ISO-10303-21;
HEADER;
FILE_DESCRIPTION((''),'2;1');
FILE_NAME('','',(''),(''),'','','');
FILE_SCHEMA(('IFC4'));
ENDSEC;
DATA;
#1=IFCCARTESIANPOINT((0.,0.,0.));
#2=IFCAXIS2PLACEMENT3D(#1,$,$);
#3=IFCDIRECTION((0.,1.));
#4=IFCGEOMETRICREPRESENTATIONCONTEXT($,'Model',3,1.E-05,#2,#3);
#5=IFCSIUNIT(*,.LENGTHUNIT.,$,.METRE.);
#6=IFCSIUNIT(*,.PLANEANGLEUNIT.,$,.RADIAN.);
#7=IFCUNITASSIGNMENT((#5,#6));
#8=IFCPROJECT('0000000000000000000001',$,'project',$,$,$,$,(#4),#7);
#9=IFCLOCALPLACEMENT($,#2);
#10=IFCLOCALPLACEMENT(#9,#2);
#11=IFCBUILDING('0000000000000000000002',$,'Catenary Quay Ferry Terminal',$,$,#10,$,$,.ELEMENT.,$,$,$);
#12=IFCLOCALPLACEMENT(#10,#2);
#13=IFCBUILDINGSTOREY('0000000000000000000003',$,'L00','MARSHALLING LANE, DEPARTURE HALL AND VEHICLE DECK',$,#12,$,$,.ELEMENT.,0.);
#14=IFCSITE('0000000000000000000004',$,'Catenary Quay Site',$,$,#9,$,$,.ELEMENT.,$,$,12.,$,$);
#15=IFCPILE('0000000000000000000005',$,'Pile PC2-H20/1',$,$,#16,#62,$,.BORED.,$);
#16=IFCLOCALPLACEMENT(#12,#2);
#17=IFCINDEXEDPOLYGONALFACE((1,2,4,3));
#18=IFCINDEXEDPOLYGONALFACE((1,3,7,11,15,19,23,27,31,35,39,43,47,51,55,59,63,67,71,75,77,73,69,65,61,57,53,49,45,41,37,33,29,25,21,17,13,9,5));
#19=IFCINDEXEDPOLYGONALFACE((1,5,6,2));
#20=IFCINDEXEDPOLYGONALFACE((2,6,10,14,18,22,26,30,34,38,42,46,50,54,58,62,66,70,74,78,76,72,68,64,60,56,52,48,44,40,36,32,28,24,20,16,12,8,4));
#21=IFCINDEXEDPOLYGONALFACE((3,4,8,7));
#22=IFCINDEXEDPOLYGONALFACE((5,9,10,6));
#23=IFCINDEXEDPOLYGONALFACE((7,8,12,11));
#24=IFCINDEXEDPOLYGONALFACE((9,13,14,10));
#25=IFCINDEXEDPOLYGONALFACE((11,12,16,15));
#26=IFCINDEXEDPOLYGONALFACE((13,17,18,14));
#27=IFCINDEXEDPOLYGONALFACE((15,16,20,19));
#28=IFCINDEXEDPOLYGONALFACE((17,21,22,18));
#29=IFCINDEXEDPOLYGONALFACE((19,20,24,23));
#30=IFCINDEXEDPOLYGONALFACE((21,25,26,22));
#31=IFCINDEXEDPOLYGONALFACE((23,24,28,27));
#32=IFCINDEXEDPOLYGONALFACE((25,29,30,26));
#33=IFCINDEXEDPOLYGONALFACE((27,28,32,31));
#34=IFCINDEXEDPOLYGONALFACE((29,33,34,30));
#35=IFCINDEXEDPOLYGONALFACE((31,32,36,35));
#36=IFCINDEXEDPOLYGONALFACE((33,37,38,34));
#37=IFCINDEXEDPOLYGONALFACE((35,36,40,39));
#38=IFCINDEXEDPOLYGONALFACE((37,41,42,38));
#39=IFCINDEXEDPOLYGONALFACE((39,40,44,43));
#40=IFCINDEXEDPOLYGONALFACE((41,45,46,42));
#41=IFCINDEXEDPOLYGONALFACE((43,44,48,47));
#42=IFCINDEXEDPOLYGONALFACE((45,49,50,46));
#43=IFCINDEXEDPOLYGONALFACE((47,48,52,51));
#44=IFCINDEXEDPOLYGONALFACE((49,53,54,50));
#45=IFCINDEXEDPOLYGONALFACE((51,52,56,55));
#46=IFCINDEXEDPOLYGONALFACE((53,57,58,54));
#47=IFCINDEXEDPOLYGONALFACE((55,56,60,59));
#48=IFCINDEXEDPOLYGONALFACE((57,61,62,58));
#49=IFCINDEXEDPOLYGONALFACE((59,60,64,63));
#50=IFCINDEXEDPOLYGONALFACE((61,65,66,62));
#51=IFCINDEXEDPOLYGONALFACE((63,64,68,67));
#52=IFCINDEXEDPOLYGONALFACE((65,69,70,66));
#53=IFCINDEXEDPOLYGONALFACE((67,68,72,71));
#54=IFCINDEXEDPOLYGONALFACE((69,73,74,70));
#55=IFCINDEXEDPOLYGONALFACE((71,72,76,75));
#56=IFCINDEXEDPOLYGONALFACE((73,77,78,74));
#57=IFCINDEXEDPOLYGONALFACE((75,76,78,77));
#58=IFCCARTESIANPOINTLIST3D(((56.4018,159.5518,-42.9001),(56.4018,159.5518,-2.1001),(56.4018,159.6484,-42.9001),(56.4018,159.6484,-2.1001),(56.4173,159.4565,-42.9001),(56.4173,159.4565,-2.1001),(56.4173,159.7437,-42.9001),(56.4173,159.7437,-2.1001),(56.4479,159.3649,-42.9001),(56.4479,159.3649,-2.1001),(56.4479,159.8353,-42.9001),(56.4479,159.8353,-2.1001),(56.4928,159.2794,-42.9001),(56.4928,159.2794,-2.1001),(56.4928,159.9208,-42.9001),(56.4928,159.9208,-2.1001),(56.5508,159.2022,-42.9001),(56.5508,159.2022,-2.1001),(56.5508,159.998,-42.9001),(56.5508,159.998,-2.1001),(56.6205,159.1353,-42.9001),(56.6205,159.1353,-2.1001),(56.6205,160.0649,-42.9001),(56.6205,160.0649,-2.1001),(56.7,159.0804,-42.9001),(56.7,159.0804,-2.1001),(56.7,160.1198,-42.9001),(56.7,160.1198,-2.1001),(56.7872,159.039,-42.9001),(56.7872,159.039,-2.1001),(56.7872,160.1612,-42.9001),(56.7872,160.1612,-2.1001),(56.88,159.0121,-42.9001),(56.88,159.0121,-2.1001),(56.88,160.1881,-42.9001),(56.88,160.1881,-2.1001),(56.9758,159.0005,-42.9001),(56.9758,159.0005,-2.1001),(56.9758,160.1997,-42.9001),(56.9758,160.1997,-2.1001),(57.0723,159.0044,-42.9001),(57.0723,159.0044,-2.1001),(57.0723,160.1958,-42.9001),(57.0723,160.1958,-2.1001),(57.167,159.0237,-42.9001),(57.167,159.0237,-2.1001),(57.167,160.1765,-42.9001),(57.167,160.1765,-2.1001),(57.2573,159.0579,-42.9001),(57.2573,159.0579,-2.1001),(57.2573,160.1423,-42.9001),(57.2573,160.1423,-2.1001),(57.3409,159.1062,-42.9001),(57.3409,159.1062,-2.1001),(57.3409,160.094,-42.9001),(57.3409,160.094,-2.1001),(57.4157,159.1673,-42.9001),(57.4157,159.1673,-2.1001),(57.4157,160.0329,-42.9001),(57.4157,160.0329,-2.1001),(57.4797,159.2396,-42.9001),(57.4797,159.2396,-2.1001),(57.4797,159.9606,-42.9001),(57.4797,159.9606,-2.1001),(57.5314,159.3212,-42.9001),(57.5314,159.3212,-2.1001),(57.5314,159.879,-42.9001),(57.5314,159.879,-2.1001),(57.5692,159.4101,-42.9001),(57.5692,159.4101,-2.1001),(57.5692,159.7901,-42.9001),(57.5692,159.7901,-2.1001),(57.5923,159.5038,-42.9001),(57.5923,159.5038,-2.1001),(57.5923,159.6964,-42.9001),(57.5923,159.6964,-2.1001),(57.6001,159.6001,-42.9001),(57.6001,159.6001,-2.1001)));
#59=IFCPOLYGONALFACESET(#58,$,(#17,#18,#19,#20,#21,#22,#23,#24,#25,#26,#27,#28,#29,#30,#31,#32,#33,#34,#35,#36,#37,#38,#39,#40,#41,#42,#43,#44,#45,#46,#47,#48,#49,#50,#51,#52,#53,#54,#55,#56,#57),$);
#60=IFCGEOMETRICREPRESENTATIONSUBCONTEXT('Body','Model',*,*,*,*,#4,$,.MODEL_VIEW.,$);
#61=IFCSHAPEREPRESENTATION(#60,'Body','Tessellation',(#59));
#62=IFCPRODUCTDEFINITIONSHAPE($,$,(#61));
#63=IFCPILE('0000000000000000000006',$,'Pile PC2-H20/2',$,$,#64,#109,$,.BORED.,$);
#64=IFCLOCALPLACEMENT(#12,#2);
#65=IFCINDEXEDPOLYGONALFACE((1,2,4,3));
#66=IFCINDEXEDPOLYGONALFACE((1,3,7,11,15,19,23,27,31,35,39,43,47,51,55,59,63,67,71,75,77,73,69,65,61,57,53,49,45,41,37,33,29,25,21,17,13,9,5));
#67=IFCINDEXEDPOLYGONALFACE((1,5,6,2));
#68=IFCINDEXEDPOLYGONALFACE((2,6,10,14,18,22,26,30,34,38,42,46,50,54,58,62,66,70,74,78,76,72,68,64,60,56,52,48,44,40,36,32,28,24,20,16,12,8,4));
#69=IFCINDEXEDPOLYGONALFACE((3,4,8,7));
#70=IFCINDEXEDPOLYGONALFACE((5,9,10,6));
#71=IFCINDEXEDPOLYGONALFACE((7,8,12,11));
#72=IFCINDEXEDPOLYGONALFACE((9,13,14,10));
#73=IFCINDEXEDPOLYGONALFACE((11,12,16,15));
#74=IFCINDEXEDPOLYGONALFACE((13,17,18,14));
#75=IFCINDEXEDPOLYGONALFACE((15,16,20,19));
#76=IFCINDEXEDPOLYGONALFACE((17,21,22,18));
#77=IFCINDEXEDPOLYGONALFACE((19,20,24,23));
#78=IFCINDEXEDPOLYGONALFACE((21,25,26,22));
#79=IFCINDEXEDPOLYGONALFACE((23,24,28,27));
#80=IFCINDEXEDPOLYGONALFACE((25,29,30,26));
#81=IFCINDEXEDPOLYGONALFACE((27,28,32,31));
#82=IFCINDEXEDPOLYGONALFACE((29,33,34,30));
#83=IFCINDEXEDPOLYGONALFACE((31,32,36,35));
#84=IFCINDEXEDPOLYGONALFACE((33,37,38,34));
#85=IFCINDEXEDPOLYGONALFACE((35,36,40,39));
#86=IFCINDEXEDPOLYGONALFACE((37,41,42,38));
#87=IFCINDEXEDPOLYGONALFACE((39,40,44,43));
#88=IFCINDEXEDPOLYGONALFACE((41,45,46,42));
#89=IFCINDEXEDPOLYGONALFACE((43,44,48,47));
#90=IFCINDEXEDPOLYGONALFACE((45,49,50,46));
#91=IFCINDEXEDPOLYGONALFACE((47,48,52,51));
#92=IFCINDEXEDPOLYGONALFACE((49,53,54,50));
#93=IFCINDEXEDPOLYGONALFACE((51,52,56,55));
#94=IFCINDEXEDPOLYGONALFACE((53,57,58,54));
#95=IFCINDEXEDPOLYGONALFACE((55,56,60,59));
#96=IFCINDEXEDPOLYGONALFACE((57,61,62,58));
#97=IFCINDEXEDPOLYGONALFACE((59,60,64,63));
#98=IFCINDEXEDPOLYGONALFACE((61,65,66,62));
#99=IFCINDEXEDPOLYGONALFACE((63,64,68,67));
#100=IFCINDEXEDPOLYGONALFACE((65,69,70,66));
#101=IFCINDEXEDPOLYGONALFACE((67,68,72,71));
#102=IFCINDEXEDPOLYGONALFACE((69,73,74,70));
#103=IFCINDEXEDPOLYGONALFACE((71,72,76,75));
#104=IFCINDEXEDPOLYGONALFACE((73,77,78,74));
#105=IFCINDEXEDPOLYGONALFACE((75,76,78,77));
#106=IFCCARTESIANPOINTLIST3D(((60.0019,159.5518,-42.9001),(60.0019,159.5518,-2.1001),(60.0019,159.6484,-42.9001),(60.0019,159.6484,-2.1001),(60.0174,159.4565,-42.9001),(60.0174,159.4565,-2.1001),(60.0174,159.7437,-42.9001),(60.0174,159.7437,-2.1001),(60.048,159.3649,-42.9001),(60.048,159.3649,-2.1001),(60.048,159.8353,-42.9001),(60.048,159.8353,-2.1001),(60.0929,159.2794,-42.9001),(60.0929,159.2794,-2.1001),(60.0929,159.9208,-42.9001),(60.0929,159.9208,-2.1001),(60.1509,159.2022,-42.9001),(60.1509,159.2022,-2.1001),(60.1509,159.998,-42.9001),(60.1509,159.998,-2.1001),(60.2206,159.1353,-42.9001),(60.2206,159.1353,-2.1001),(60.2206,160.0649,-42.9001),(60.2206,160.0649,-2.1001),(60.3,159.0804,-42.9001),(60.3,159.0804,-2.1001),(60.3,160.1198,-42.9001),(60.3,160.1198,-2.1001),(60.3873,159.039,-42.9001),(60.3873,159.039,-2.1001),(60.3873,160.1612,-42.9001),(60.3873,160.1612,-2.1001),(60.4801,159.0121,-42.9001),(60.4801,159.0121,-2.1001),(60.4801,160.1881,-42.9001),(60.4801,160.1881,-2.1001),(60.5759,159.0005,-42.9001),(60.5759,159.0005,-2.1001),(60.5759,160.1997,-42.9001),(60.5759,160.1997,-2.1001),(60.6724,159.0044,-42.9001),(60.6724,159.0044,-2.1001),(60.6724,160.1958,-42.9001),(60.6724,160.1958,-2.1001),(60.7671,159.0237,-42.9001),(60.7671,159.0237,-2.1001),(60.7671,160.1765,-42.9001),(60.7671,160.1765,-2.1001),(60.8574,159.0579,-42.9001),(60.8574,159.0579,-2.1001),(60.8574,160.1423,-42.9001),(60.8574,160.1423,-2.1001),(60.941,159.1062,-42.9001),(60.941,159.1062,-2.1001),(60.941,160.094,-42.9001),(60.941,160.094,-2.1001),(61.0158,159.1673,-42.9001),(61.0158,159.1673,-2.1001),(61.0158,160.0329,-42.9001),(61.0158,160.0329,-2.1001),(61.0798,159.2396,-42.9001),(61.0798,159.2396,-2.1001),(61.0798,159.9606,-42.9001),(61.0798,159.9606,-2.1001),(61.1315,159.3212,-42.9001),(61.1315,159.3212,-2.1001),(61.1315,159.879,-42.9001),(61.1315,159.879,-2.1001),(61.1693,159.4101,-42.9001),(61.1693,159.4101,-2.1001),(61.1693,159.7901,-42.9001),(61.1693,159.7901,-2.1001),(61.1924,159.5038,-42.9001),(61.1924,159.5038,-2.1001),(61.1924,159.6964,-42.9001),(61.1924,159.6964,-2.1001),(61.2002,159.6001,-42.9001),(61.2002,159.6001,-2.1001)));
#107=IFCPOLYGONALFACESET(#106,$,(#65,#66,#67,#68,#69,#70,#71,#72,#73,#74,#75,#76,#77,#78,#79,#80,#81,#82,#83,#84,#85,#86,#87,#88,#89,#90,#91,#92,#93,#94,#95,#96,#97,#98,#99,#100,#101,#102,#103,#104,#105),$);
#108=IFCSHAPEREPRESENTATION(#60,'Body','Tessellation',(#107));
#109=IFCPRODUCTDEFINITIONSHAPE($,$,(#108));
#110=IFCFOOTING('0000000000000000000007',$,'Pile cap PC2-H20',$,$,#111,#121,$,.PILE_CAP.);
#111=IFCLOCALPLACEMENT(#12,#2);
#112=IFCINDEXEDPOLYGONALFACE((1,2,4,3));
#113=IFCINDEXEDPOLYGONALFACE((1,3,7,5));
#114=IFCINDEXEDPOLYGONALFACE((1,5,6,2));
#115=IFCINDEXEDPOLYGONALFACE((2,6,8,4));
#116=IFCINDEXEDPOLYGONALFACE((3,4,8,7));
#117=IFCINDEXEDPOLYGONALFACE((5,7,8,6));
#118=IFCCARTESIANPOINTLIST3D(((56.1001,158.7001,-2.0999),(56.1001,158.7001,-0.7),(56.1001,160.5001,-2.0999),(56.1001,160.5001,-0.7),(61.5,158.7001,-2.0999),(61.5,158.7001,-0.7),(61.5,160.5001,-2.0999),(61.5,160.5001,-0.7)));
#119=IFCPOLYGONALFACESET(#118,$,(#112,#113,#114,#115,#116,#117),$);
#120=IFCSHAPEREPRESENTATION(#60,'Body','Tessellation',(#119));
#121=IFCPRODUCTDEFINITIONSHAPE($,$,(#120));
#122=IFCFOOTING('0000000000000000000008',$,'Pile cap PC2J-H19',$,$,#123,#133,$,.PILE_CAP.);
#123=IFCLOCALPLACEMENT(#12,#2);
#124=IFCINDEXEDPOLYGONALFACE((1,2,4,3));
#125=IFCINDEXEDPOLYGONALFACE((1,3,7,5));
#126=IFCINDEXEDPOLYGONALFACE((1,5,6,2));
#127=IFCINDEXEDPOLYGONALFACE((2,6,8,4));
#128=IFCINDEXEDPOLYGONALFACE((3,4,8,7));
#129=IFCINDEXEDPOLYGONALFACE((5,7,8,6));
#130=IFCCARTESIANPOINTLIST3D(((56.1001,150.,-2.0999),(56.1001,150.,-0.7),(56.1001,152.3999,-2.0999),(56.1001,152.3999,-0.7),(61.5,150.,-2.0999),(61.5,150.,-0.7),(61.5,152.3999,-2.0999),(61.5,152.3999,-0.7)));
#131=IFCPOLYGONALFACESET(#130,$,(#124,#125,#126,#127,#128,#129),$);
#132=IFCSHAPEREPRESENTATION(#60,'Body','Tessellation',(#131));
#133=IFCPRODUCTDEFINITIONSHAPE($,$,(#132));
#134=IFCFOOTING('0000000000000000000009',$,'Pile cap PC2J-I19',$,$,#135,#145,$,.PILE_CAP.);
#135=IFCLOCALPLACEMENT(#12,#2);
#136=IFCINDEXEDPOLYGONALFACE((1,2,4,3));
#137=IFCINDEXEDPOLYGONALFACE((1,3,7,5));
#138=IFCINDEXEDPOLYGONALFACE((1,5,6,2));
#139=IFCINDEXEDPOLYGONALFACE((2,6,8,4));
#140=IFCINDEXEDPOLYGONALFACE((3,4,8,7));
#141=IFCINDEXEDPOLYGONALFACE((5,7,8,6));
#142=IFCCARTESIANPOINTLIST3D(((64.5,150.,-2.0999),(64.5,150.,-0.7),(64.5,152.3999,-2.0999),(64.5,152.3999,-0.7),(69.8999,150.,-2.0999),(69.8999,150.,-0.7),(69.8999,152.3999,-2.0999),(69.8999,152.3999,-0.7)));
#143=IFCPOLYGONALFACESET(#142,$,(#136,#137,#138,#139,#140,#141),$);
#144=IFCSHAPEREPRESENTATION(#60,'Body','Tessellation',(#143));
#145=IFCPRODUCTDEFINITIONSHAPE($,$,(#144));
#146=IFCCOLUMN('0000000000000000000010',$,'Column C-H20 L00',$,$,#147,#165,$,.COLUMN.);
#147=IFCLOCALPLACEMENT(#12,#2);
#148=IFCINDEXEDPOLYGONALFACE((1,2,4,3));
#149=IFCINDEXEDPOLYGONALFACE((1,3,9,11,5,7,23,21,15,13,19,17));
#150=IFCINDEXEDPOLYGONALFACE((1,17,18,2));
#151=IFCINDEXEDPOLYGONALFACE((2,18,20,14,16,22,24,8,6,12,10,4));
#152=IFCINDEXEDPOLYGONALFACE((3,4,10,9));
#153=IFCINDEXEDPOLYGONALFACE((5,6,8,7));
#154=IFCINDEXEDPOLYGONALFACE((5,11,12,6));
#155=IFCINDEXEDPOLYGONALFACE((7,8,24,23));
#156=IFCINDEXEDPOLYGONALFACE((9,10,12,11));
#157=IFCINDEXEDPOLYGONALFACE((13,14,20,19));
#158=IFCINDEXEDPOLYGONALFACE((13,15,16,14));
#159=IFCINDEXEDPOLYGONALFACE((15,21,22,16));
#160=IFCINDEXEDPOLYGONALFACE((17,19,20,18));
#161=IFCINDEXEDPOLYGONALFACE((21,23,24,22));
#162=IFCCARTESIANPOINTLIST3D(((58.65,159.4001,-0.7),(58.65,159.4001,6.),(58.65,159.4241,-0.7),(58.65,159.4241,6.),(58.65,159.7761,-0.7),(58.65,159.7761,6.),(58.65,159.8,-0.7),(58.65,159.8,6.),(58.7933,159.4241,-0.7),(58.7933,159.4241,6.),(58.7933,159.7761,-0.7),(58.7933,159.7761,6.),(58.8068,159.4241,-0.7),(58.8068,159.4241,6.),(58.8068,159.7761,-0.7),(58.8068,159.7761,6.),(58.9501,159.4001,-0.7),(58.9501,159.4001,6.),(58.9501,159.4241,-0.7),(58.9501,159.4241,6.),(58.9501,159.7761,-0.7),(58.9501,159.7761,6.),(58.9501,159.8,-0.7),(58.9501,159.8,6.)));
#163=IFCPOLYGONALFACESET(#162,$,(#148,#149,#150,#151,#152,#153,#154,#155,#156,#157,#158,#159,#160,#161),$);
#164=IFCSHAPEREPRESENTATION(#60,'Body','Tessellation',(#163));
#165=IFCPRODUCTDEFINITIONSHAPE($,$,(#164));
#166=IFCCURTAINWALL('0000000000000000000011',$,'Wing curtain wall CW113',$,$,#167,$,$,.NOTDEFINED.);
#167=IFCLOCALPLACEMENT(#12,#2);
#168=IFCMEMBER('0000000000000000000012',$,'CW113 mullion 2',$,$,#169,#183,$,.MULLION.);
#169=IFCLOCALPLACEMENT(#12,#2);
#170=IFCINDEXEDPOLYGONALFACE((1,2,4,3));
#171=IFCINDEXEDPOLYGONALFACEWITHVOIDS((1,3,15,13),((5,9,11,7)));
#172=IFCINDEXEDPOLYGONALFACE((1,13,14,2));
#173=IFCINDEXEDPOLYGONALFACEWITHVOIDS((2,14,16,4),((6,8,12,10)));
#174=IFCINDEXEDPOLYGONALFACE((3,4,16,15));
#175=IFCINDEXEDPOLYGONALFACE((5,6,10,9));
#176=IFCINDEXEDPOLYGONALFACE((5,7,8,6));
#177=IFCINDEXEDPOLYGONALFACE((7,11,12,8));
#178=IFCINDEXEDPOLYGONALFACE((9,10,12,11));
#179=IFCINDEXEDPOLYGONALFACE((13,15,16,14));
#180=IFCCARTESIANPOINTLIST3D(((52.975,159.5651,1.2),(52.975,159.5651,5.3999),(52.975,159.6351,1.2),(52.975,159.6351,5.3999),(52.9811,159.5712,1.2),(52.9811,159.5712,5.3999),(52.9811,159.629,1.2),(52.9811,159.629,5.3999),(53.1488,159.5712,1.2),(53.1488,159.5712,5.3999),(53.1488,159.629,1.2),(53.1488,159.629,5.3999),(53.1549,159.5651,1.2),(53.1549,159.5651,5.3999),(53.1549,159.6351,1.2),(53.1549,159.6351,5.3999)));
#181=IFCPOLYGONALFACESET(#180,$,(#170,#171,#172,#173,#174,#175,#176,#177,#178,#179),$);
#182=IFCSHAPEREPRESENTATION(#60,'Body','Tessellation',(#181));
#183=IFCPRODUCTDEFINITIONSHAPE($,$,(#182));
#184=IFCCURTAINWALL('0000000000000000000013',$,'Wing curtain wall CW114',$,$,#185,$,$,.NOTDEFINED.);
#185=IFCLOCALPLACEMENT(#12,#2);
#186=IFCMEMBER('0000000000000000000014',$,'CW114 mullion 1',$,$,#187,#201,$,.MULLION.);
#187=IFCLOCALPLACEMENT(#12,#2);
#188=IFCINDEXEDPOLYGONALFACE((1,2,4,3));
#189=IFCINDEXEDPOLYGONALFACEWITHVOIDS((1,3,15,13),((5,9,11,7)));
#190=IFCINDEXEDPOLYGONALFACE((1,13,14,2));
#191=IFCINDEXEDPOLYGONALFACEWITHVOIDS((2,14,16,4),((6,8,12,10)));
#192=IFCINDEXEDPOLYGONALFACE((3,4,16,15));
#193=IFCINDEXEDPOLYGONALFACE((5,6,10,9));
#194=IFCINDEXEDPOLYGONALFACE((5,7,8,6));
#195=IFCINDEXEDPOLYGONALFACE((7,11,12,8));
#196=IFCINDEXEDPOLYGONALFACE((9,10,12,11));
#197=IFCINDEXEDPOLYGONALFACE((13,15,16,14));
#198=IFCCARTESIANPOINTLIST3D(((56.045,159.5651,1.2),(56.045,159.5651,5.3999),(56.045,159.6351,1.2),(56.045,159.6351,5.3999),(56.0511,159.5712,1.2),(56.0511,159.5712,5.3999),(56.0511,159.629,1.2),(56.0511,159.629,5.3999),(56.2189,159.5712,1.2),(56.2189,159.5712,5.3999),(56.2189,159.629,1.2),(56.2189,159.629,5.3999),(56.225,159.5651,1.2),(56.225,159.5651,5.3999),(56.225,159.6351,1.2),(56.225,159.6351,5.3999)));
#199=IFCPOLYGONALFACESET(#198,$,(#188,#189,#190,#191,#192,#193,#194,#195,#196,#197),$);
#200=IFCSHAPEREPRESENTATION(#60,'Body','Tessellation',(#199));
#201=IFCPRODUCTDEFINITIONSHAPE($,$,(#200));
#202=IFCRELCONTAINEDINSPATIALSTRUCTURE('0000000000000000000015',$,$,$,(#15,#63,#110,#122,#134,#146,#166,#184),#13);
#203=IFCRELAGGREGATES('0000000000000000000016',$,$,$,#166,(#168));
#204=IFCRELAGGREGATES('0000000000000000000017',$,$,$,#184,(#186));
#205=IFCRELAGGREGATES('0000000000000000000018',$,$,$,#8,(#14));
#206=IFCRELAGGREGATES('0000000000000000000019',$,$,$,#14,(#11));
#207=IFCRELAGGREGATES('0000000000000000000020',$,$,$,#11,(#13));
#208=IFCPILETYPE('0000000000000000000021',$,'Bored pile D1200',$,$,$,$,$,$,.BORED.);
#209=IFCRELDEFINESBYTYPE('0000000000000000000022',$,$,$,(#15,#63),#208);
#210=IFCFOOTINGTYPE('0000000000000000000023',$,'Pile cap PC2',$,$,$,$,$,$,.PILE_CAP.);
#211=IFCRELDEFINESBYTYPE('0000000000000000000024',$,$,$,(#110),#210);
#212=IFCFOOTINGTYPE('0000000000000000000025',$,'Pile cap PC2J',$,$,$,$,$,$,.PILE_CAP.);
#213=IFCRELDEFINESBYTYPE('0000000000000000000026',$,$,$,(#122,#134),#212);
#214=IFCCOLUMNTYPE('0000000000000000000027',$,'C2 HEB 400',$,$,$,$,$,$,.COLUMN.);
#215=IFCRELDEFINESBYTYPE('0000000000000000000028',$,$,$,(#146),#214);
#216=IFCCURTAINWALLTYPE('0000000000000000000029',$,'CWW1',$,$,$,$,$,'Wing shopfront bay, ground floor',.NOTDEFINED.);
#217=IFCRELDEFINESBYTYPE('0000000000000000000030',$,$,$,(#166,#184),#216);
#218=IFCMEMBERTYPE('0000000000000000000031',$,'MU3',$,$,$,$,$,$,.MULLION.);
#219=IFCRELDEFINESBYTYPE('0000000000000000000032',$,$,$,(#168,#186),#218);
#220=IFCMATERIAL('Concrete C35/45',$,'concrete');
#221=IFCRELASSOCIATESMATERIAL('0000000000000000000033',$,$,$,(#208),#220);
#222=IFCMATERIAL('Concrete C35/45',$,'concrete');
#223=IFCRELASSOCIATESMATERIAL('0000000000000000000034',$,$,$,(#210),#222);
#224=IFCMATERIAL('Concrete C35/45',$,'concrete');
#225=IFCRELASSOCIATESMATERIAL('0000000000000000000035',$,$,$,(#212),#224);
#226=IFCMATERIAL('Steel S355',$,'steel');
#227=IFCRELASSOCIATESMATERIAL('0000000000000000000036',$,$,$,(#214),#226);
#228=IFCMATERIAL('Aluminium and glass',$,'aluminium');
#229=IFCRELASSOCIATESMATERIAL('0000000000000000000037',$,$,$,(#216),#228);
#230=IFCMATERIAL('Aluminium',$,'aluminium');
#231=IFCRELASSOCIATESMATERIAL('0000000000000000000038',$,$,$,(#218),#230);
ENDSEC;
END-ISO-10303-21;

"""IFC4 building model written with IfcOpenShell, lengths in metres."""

from ifc_helpers import new_model, si_unit, direction, frame, origin, origin_2d, place, context, subcontext, project, spatial, rectangle, hollow_rectangle, circle, i_section, extrude, material, material_profile, profile_set, type_object, element, aggregate, save


model = new_model("IFC4")

# Units and contexts
model_context = context("Model", 3, precision=1e-05, world=origin(), true_north=direction((0.0, 1.0)))
body_context = subcontext(model_context, "Body", "Model", "MODEL_VIEW")
ifc_project = project(units=[si_unit("LENGTHUNIT", "METRE"), si_unit("PLANEANGLEUNIT", "RADIAN")], contexts=[model_context])

# Site, building, storey
site_placement = place(None, origin())
site = spatial("IfcSite", under=ifc_project, at=site_placement, Name="Catenary Quay Site", CompositionType="ELEMENT", RefElevation=12.0)
building_placement = place(site_placement, origin())
building = spatial("IfcBuilding", under=site, at=building_placement, Name="Catenary Quay Ferry Terminal", CompositionType="ELEMENT")
storey_placement = place(building_placement, origin())
storey = spatial("IfcBuildingStorey", under=building, at=storey_placement, Name="L00", Description="MARSHALLING LANE, DEPARTURE HALL AND VEHICLE DECK", CompositionType="ELEMENT", Elevation=0.0)

# Piles
ifc_material_1 = material(Name="Concrete C35/45", Category="concrete")
ifc_material_profile_1 = material_profile(ifc_material_1, circle(Radius=0.6001, at=origin_2d()), Name="D1200")
ifc_profile_set_1 = profile_set([ifc_material_profile_1], Name="Concrete C35/45")
pile_type = type_object("IfcPileType", Name="Bored pile D1200", PredefinedType="BORED", material=ifc_profile_set_1)
for number, where, z_axis, x_axis, name in (
    (1, (57.0, 159.6001, -2.1001), (0.0, 0.0, -1.0), (1.0, 0.0, 0.0), "Pile PC2-H20/1"),
    (2, (60.6001, 159.6001, -2.1001), (0.0, 0.0, -1.0), (1.0, 0.0, 0.0), "Pile PC2-H20/2"),
):
    element("IfcPile", number, at=place(storey_placement, frame(where, z_axis=z_axis, x_axis=x_axis)), inside=storey, type_object=pile_type, Name=name, PredefinedType="BORED", context=body_context, shape_type="SweptSolid", body=[
        extrude(circle(Radius=0.6001, at=origin_2d()), origin(), (0.0, 0.0, 1.0), 40.8),
    ])

# Footings
ifc_material_2 = material(Name="Concrete C35/45", Category="concrete")
footing_type_1 = type_object("IfcFootingType", Name="Pile cap PC2", PredefinedType="PILE_CAP", material=ifc_material_2)
footing_placement = place(storey_placement, frame((58.8, 159.6001, -2.0999), z_axis=(0.0, 0.0, 1.0), x_axis=(1.0, 0.0, 0.0)))
element("IfcFooting", 3, at=footing_placement, inside=storey, type_object=footing_type_1, Name="Pile cap PC2-H20", PredefinedType="PILE_CAP", context=body_context, shape_type="SweptSolid", body=[
    extrude(rectangle(XDim=5.3999, YDim=1.8, at=origin_2d()), origin(), (0.0, 0.0, 1.0), 1.3999),
])
ifc_material_3 = material(Name="Concrete C35/45", Category="concrete")
footing_type_2 = type_object("IfcFootingType", Name="Pile cap PC2J", PredefinedType="PILE_CAP", material=ifc_material_3)
for number, where, z_axis, x_axis, name in (
    (4, (58.8, 151.2, -2.0999), (0.0, 0.0, 1.0), (1.0, 0.0, 0.0), "Pile cap PC2J-H19"),
    (5, (67.2, 151.2, -2.0999), (0.0, 0.0, 1.0), (1.0, 0.0, 0.0), "Pile cap PC2J-I19"),
):
    element("IfcFooting", number, at=place(storey_placement, frame(where, z_axis=z_axis, x_axis=x_axis)), inside=storey, type_object=footing_type_2, Name=name, PredefinedType="PILE_CAP", context=body_context, shape_type="SweptSolid", body=[
        extrude(rectangle(XDim=5.3999, YDim=2.3999, at=origin_2d()), origin(), (0.0, 0.0, 1.0), 1.3999),
    ])

# Column
ifc_material_4 = material(Name="Steel S355", Category="steel")
ifc_material_profile_2 = material_profile(ifc_material_4, i_section(OverallWidth=0.3, OverallDepth=0.3999, WebThickness=0.0134, FlangeThickness=0.0239, at=origin_2d()), Name="HEB 400")
ifc_profile_set_2 = profile_set([ifc_material_profile_2], Name="Steel S355")
column_type = type_object("IfcColumnType", Name="C2 HEB 400", PredefinedType="COLUMN", material=ifc_profile_set_2)
column_placement = place(storey_placement, frame((58.8, 159.6001, -0.7), z_axis=(0.0, 0.0, 1.0), x_axis=(1.0, 0.0, 0.0)))
element("IfcColumn", 6, at=column_placement, inside=storey, type_object=column_type, Name="Column C-H20 L00", PredefinedType="COLUMN", context=body_context, shape_type="SweptSolid", body=[
    extrude(i_section(OverallWidth=0.3, OverallDepth=0.3999, WebThickness=0.0134, FlangeThickness=0.0239, at=origin_2d()), origin(), (0.0, 0.0, 1.0), 6.7),
])

# Curtain wall, member
ifc_material_5 = material(Name="Aluminium and glass", Category="aluminium")
curtain_wall_type = type_object("IfcCurtainWallType", Name="CWW1", ElementType="Wing shopfront bay, ground floor", PredefinedType="NOTDEFINED", material=ifc_material_5)
curtain_wall_1_placement = place(storey_placement, origin())
curtain_wall_1 = element("IfcCurtainWall", 7, at=curtain_wall_1_placement, inside=storey, type_object=curtain_wall_type, Name="Wing curtain wall CW113", PredefinedType="NOTDEFINED")
ifc_material_6 = material(Name="Aluminium", Category="aluminium")
ifc_material_profile_3 = material_profile(ifc_material_6, hollow_rectangle(XDim=0.0701, YDim=0.1799, WallThickness=0.0061, at=origin_2d()), Name="MU3")
ifc_profile_set_3 = profile_set([ifc_material_profile_3], Name="Aluminium")
member_type_1 = type_object("IfcMemberType", Name="MU3", PredefinedType="MULLION", material=ifc_profile_set_3)
member_1_placement = place(storey_placement, frame((53.0649, 159.6001, 1.2), z_axis=(0.0, 0.0, 1.0), x_axis=(0.0, 1.0, 0.0)))
member_1 = element("IfcMember", 8, at=member_1_placement, type_object=member_type_1, Name="CW113 mullion 2", PredefinedType="MULLION", context=body_context, shape_type="SweptSolid", body=[
    extrude(hollow_rectangle(XDim=0.0701, YDim=0.1799, WallThickness=0.0061, at=origin_2d()), origin(), (0.0, 0.0, 1.0), 4.2),
])

# Curtain wall, member
curtain_wall_2_placement = place(storey_placement, origin())
curtain_wall_2 = element("IfcCurtainWall", 9, at=curtain_wall_2_placement, inside=storey, type_object=curtain_wall_type, Name="Wing curtain wall CW114", PredefinedType="NOTDEFINED")
member_2_placement = place(storey_placement, frame((56.135, 159.6001, 1.2), z_axis=(0.0, 0.0, 1.0), x_axis=(0.0, 1.0, 0.0)))
member_2 = element("IfcMember", 10, at=member_2_placement, type_object=member_type_1, Name="CW114 mullion 1", PredefinedType="MULLION", context=body_context, shape_type="SweptSolid", body=[
    extrude(hollow_rectangle(XDim=0.0701, YDim=0.1799, WallThickness=0.0061, at=origin_2d()), origin(), (0.0, 0.0, 1.0), 4.2),
])

aggregate(curtain_wall_1, [member_1])
aggregate(curtain_wall_2, [member_2])

save(model, "model.ifc")
